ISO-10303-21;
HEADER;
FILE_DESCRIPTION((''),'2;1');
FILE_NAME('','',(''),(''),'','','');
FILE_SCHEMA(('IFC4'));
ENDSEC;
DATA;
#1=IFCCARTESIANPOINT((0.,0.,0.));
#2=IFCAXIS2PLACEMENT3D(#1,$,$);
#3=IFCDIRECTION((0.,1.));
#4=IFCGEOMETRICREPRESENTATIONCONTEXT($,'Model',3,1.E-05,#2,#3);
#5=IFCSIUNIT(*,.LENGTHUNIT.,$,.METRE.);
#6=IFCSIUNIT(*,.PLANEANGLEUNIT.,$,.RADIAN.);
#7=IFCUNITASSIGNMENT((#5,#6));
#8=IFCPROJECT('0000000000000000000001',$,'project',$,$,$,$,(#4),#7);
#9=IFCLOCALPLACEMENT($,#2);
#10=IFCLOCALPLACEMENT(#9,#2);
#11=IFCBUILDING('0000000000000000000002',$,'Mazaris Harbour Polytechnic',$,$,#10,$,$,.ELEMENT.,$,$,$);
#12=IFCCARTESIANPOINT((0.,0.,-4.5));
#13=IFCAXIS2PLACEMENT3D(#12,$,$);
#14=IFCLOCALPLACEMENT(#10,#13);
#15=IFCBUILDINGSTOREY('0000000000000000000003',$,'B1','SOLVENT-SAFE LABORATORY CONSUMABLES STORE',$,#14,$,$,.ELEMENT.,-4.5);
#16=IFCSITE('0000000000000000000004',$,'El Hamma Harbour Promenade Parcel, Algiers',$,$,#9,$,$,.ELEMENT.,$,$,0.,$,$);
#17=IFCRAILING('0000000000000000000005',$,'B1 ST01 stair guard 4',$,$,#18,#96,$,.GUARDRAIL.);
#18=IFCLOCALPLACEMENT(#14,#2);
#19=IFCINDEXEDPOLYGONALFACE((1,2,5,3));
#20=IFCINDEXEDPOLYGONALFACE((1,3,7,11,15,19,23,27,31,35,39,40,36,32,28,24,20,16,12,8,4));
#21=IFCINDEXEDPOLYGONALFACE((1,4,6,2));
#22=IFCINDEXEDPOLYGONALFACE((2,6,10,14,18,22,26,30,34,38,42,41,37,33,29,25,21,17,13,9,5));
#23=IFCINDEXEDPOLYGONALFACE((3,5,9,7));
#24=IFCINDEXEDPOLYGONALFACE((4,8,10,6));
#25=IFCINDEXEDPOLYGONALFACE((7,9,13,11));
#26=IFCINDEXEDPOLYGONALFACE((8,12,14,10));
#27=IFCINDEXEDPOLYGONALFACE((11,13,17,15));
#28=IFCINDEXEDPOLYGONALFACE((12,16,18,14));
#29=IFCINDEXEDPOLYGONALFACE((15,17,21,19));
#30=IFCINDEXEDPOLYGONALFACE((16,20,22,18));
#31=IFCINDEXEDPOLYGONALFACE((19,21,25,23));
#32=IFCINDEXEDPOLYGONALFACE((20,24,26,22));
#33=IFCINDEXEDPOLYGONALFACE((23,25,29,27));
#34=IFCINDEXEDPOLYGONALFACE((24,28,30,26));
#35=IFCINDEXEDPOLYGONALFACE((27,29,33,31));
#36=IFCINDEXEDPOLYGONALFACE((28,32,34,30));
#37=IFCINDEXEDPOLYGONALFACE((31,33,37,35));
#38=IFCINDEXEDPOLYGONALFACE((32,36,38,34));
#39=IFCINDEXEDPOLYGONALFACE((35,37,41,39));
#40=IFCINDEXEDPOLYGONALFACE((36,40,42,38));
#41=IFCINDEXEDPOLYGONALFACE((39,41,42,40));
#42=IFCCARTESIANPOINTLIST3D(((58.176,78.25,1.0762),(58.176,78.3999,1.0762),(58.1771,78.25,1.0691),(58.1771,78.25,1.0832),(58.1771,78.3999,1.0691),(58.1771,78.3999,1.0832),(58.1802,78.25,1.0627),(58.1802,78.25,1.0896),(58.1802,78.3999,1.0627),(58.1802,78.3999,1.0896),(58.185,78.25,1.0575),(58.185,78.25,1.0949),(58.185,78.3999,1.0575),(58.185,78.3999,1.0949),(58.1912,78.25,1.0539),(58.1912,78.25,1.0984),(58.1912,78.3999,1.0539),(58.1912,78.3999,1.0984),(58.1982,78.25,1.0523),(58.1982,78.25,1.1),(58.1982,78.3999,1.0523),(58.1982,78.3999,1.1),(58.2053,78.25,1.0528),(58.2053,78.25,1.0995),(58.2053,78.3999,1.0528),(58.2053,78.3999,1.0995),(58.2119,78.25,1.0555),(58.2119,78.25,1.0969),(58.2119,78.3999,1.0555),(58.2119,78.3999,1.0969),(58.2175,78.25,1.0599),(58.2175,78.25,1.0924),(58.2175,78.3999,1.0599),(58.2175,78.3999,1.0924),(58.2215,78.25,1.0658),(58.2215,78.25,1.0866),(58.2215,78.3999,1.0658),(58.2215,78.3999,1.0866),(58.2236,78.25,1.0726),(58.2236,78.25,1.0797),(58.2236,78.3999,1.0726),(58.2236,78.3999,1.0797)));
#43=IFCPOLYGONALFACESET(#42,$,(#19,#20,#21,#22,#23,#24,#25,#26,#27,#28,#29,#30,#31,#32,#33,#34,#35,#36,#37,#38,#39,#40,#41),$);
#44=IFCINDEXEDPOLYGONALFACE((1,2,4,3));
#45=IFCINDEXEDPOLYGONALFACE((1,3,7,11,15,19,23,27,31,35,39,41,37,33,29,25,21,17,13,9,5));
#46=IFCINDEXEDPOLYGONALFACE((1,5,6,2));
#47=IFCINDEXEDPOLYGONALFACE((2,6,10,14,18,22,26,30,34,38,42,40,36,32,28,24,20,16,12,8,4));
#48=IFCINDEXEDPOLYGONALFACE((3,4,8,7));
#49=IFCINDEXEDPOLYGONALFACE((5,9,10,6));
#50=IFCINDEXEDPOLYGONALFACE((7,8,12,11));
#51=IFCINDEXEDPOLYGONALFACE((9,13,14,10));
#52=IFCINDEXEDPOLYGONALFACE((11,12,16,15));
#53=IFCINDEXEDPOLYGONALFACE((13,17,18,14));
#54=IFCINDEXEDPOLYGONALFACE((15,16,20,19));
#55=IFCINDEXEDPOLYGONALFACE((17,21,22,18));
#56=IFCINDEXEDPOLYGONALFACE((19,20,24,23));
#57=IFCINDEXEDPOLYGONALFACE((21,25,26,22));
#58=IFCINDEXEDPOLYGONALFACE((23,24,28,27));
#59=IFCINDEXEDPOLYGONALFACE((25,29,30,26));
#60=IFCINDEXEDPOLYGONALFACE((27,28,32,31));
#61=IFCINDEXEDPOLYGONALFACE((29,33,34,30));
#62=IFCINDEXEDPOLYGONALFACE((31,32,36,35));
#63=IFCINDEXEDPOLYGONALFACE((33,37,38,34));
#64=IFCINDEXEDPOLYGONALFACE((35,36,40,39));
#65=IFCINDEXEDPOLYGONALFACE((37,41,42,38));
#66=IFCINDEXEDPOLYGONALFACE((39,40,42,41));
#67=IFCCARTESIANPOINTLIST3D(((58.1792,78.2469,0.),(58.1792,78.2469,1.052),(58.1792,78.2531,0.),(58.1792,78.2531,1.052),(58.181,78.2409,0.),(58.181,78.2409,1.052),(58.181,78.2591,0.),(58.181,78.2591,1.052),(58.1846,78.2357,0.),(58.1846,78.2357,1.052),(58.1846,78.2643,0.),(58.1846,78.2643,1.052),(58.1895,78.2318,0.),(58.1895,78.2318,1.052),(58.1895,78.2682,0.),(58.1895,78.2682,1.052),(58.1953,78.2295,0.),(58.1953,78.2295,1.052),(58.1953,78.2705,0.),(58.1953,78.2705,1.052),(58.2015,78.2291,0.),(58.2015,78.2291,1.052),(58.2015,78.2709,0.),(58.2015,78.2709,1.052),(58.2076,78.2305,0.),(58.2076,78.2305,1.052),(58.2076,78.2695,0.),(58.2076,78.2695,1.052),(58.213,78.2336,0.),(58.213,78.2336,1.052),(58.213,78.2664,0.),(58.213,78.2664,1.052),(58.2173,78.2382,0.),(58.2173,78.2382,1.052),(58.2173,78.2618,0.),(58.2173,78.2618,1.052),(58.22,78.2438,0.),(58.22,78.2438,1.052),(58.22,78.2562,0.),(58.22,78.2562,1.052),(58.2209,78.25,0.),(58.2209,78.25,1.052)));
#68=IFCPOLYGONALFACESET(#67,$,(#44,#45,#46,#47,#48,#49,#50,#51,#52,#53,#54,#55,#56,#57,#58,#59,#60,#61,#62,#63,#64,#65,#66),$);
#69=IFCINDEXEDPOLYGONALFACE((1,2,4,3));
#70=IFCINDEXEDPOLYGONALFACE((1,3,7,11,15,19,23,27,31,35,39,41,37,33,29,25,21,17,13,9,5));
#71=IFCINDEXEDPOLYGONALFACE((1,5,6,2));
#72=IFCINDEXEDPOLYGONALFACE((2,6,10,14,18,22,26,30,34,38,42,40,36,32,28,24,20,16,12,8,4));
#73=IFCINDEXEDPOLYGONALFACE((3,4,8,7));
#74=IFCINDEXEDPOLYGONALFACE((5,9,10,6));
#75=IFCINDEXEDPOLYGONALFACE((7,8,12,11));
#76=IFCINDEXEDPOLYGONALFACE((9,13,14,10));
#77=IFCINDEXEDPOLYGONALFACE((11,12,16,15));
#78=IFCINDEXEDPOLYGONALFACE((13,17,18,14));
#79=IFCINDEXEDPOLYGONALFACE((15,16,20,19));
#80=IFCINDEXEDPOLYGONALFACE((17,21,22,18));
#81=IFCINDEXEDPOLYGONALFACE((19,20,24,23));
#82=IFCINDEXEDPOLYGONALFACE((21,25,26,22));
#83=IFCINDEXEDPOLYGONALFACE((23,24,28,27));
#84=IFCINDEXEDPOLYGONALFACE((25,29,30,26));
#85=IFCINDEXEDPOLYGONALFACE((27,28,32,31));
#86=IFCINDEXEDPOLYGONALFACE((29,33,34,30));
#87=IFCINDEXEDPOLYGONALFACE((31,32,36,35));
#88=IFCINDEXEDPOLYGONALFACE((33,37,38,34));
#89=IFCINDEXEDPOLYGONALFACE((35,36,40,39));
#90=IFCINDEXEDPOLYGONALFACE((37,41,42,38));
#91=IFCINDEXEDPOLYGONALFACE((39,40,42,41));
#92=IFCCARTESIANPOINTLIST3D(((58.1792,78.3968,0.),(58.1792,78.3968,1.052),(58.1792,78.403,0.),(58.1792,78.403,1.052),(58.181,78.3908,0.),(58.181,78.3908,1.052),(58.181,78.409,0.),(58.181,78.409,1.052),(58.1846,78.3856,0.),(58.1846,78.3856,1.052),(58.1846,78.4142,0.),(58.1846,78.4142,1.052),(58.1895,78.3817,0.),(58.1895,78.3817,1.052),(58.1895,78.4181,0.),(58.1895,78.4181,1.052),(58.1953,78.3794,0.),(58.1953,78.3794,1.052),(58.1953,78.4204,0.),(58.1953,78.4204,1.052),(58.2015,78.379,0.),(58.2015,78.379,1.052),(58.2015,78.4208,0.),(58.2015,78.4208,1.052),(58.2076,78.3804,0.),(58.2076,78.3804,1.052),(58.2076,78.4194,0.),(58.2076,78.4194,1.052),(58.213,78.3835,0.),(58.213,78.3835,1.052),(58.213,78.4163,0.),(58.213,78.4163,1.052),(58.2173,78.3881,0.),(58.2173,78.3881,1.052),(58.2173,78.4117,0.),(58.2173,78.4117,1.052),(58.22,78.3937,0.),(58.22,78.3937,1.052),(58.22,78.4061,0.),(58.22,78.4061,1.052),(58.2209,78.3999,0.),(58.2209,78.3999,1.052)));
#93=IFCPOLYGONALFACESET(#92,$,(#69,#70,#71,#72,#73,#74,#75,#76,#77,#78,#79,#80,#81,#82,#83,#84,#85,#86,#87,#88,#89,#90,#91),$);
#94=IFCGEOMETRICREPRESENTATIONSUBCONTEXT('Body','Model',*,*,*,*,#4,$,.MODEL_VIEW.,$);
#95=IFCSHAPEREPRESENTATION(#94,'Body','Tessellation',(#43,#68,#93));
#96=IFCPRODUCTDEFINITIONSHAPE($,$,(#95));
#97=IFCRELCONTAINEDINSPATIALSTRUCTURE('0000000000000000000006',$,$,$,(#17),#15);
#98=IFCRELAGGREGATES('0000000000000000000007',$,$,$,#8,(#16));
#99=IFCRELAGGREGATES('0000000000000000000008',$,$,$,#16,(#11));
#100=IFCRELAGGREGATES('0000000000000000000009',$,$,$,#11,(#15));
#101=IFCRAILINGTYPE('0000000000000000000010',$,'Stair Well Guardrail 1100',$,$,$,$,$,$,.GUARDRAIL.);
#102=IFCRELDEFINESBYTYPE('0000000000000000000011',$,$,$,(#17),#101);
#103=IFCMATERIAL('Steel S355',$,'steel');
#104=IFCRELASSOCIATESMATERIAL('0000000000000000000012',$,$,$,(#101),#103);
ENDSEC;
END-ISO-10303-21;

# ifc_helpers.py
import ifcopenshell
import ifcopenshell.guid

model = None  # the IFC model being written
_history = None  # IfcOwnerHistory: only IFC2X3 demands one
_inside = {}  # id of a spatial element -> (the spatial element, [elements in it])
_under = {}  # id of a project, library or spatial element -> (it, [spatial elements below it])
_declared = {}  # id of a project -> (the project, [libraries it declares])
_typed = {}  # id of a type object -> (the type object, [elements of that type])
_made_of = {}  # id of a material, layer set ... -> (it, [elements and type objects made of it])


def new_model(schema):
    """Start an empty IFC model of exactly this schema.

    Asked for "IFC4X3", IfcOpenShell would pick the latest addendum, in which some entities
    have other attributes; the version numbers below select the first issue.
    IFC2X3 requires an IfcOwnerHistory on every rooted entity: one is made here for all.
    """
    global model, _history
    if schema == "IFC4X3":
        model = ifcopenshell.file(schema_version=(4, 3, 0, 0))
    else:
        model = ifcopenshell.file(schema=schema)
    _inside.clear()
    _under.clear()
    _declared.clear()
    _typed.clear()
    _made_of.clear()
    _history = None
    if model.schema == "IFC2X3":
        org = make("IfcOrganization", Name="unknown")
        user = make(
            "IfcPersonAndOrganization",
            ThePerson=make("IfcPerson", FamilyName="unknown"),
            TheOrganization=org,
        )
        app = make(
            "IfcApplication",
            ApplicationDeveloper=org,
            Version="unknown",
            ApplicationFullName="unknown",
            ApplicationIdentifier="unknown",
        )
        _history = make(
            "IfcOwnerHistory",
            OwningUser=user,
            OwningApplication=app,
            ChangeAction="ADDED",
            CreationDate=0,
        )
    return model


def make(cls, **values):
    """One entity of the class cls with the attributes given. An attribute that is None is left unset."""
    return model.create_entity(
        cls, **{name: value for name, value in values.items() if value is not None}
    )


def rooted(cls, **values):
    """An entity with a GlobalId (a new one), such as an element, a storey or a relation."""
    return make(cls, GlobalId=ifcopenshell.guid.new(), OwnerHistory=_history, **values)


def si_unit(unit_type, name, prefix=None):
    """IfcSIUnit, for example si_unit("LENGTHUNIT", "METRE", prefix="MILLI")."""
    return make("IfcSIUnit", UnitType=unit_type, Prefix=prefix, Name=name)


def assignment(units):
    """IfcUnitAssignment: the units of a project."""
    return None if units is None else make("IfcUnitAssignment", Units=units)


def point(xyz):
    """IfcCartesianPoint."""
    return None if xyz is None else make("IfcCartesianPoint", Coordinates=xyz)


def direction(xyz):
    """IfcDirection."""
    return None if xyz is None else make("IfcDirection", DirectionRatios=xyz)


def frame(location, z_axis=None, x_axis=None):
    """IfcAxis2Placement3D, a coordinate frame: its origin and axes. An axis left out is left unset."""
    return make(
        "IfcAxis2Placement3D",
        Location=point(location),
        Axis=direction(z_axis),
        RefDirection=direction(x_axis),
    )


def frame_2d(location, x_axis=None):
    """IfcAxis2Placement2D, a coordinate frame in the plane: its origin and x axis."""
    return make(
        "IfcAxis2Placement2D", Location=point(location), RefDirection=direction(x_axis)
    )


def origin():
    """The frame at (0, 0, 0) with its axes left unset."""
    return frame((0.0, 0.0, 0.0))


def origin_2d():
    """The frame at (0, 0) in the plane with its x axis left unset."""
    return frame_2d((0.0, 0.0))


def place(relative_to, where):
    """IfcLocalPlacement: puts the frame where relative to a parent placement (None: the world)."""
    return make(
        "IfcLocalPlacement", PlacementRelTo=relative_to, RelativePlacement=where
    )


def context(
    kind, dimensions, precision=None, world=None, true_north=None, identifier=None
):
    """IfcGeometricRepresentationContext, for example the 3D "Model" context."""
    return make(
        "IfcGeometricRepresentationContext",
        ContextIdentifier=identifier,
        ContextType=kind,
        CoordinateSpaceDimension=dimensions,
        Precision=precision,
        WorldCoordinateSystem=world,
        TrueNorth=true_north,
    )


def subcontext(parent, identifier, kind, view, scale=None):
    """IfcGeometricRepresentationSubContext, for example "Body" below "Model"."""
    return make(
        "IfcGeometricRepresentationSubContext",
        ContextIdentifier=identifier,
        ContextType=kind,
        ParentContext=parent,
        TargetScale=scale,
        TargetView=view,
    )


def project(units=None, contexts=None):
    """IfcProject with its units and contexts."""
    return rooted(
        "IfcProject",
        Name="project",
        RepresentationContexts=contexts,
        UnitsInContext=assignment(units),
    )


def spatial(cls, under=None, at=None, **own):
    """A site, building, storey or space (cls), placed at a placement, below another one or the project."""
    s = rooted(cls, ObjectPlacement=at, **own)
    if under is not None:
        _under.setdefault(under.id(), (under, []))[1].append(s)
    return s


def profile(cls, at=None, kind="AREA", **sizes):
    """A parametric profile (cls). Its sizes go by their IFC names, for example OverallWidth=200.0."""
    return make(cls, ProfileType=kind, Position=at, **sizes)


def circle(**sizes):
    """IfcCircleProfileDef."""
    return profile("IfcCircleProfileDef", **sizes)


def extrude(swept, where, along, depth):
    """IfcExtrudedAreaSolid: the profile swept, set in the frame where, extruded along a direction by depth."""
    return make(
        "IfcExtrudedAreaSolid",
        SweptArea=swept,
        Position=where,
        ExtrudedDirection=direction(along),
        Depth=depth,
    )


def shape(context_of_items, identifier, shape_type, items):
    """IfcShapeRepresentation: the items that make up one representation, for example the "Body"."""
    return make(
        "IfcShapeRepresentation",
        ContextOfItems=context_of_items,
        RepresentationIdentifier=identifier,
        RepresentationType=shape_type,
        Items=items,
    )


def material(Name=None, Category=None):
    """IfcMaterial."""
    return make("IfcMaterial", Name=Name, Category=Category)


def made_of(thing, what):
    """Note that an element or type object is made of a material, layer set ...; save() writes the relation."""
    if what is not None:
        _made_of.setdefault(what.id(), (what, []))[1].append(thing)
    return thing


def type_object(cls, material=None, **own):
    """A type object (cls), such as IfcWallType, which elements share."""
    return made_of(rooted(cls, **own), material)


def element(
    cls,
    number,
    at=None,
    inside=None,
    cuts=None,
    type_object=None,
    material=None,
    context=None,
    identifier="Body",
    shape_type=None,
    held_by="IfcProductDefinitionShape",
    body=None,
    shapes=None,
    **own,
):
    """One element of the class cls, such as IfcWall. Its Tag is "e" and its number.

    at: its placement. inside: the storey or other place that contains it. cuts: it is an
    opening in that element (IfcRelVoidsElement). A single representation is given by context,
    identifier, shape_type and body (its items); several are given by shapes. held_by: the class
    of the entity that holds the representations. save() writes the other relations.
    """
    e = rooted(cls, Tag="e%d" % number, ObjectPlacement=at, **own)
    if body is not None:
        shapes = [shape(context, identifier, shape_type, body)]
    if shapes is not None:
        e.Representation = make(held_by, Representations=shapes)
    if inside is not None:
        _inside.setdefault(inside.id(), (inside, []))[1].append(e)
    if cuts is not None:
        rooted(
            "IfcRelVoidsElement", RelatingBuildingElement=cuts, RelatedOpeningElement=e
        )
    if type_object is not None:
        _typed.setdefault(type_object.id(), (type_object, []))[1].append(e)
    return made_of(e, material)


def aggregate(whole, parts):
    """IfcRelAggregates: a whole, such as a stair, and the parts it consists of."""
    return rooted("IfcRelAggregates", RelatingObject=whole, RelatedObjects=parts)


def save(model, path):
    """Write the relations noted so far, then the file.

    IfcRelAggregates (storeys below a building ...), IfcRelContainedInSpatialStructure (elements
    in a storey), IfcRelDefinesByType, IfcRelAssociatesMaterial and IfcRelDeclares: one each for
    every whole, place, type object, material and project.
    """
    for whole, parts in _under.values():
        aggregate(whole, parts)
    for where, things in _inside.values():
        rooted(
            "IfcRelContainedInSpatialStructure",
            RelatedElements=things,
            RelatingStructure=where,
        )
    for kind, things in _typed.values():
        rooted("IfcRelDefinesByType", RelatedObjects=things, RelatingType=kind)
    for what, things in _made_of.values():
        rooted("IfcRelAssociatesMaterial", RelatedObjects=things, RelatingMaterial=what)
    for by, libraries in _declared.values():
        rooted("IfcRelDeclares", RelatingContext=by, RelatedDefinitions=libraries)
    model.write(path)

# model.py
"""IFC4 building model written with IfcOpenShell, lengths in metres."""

from ifc_helpers import new_model, si_unit, direction, frame, origin, origin_2d, place, context, subcontext, project, spatial, circle, extrude, material, type_object, element, save


model = new_model("IFC4")

# Units and contexts
model_context = context("Model", 3, precision=1e-05, world=origin(), true_north=direction((0.0, 1.0)))
body_context = subcontext(model_context, "Body", "Model", "MODEL_VIEW")
ifc_project = project(units=[si_unit("LENGTHUNIT", "METRE"), si_unit("PLANEANGLEUNIT", "RADIAN")], contexts=[model_context])

# Site, building, storey
site_placement = place(None, origin())
site = spatial("IfcSite", under=ifc_project, at=site_placement, Name="El Hamma Harbour Promenade Parcel, Algiers", CompositionType="ELEMENT", RefElevation=0.0)
building_placement = place(site_placement, origin())
building = spatial("IfcBuilding", under=site, at=building_placement, Name="Mazaris Harbour Polytechnic", CompositionType="ELEMENT")
storey_placement = place(building_placement, frame((0.0, 0.0, -4.5)))
storey = spatial("IfcBuildingStorey", under=building, at=storey_placement, Name="B1", Description="SOLVENT-SAFE LABORATORY CONSUMABLES STORE", CompositionType="ELEMENT", Elevation=-4.5)

# Railing
ifc_material_1 = material(Name="Steel S355", Category="steel")
railing_type_1 = type_object("IfcRailingType", Name="Stair Well Guardrail 1100", PredefinedType="GUARDRAIL", material=ifc_material_1)
railing_1_placement = place(storey_placement, frame((58.2, 78.25, 0.0)))
element("IfcRailing", 1, at=railing_1_placement, inside=storey, type_object=railing_type_1, Name="B1 ST01 stair guard 4", PredefinedType="GUARDRAIL", context=body_context, shape_type="SweptSolid", body=[
    extrude(circle(Radius=0.0239, at=origin_2d()), frame((0.0, 0.0, 1.0762), z_axis=(0.0, 1.0, 0.0), x_axis=(-1.0, 0.0, 0.0)), (0.0, 0.0, 1.0), 0.1499),
    extrude(circle(Radius=0.021, at=origin_2d()), origin(), (0.0, 0.0, 1.0), 1.052),
    extrude(circle(Radius=0.021, at=origin_2d()), frame((0.0, 0.1499, 0.0)), (0.0, 0.0, 1.0), 1.052),
])

save(model, "model.ifc")
